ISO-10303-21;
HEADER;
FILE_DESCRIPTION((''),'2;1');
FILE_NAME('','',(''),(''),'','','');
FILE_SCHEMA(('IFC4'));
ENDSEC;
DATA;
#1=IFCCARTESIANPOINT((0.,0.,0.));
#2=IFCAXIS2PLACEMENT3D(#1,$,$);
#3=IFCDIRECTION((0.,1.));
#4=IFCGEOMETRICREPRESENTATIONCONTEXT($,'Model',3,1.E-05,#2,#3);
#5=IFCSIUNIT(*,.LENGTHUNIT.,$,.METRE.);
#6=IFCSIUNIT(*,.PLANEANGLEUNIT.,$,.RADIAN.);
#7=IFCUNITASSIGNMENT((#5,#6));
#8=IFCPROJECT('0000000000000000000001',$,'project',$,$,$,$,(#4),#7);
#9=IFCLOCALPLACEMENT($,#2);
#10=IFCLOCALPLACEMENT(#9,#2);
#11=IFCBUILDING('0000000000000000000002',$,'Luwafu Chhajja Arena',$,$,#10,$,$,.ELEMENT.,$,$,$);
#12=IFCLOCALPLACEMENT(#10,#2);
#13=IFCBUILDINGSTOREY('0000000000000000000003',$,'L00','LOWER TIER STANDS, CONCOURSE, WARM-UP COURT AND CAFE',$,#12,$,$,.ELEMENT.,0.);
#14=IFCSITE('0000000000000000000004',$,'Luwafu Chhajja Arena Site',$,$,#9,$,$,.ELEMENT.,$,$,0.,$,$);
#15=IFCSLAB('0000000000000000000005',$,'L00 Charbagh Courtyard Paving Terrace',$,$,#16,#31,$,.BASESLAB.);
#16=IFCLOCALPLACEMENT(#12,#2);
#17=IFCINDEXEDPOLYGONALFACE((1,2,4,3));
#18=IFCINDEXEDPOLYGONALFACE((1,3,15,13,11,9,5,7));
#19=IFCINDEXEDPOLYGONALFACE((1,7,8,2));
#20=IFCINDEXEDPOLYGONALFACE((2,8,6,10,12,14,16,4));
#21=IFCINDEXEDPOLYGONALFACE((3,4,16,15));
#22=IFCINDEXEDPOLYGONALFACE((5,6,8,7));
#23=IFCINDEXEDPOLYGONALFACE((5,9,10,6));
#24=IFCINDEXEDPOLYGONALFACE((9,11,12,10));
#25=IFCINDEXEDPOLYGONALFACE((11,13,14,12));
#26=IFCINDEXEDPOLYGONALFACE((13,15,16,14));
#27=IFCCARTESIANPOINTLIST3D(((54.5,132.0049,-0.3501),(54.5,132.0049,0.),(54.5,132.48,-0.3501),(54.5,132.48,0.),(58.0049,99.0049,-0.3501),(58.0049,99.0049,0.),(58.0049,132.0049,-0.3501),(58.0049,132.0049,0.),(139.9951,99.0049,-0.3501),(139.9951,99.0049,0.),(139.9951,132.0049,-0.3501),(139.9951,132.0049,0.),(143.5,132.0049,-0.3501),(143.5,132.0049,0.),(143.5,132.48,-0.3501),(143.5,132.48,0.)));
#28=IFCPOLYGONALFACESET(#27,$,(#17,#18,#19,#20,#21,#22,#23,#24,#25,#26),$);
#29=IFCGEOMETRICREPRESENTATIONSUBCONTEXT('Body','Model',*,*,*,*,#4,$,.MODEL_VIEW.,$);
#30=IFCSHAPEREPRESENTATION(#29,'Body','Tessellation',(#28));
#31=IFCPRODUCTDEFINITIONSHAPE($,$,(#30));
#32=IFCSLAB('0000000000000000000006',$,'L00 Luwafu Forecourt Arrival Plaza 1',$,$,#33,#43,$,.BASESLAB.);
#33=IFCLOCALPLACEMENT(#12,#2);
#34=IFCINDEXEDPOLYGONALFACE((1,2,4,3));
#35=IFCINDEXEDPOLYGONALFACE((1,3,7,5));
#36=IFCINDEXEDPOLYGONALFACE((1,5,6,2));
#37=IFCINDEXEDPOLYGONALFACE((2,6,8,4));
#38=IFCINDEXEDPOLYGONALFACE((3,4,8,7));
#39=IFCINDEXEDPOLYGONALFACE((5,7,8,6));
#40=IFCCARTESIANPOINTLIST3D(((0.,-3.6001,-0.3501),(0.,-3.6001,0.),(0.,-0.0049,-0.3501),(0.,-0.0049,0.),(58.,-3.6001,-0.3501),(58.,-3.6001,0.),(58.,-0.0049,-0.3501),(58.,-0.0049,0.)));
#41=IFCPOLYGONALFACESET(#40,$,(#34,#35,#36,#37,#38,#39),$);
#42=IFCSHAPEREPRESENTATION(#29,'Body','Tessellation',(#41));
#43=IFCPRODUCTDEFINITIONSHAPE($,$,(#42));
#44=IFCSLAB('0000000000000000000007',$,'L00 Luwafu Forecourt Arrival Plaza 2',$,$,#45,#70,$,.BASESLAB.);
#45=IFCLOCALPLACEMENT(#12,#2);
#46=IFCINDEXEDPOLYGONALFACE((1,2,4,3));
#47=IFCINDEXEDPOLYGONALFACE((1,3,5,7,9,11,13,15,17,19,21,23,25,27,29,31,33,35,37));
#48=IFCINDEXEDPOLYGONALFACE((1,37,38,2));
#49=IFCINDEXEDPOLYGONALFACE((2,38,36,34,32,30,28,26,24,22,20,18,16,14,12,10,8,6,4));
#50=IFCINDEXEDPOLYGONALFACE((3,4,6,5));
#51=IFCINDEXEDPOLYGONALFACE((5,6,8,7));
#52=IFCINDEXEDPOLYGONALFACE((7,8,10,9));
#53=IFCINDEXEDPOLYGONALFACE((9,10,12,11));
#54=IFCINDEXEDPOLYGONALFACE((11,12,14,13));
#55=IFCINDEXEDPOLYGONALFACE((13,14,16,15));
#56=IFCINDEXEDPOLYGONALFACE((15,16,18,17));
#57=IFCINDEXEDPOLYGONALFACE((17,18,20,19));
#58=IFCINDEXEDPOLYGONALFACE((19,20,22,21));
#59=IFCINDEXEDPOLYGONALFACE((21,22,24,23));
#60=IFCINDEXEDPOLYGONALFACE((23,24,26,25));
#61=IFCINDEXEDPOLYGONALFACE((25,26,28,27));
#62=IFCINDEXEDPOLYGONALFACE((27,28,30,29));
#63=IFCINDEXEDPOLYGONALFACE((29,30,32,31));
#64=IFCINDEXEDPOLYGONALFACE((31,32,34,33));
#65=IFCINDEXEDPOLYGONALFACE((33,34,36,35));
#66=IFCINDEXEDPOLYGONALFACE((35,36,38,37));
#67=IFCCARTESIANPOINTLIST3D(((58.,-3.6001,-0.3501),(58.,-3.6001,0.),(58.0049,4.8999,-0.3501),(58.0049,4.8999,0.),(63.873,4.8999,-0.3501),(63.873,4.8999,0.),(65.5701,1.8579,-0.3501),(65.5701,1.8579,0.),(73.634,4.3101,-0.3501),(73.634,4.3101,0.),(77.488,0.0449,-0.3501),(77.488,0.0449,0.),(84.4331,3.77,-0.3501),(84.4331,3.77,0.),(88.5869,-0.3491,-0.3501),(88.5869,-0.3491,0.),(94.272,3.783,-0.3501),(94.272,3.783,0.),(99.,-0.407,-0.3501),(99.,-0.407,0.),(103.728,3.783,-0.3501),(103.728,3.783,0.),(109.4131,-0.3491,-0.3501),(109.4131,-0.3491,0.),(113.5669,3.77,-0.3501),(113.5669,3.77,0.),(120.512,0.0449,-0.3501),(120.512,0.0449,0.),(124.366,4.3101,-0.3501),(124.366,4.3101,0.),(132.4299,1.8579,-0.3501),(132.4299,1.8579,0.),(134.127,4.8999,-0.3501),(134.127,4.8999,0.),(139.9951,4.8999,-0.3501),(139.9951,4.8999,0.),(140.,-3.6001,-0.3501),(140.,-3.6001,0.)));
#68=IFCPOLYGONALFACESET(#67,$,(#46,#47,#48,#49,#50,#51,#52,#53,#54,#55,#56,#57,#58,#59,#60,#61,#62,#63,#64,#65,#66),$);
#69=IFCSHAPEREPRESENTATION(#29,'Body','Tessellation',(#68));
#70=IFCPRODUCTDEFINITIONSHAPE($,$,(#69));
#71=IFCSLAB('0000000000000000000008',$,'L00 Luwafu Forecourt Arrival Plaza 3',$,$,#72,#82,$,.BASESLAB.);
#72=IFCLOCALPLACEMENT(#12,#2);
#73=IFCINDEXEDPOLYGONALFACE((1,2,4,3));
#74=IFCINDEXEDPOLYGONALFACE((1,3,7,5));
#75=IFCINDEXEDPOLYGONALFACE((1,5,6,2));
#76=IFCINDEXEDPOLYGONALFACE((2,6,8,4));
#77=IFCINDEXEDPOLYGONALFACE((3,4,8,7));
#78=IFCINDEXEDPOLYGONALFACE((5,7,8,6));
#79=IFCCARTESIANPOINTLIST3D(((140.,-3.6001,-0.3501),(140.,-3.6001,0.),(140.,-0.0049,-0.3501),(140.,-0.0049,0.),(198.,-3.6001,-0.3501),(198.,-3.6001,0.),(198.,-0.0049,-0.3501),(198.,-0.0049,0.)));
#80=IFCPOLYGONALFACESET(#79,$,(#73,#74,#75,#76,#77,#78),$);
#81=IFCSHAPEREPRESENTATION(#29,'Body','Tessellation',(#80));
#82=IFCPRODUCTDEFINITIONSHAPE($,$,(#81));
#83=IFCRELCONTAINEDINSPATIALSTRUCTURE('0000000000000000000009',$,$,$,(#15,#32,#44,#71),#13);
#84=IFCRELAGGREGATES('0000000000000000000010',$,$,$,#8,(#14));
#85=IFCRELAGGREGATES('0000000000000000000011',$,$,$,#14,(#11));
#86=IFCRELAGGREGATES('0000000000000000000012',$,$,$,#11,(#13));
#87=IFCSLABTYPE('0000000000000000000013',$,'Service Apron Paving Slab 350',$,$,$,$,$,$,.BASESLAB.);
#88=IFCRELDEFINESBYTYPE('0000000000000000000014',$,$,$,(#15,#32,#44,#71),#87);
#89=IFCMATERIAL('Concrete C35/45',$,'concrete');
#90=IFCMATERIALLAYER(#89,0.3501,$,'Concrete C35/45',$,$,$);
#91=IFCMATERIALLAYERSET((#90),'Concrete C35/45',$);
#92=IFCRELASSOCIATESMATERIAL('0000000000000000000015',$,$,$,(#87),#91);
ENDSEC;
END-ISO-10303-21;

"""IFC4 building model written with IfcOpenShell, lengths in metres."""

from ifc_helpers import new_model, si_unit, direction, frame, origin, place, context, subcontext, project, spatial, polyline, outline, extrude, material, layer, layer_set, type_object, element, save


model = new_model("IFC4")

# Units and contexts
model_context = context("Model", 3, precision=1e-05, world=origin(), true_north=direction((0.0, 1.0)))
body_context = subcontext(model_context, "Body", "Model", "MODEL_VIEW")
ifc_project = project(units=[si_unit("LENGTHUNIT", "METRE"), si_unit("PLANEANGLEUNIT", "RADIAN")], contexts=[model_context])

# Site, building, storey
site_placement = place(None, origin())
site = spatial("IfcSite", under=ifc_project, at=site_placement, Name="Luwafu Chhajja Arena Site", CompositionType="ELEMENT", RefElevation=0.0)
building_placement = place(site_placement, origin())
building = spatial("IfcBuilding", under=site, at=building_placement, Name="Luwafu Chhajja Arena", CompositionType="ELEMENT")
storey_placement = place(building_placement, origin())
storey = spatial("IfcBuildingStorey", under=building, at=storey_placement, Name="L00", Description="LOWER TIER STANDS, CONCOURSE, WARM-UP COURT AND CAFE", CompositionType="ELEMENT", Elevation=0.0)

# Slabs
ifc_material_1 = material(Name="Concrete C35/45", Category="concrete")
ifc_layer_1 = layer(ifc_material_1, 0.3501, Name="Concrete C35/45")
ifc_layer_set_1 = layer_set([ifc_layer_1], Name="Concrete C35/45")
slab_type_1 = type_object("IfcSlabType", Name="Service Apron Paving Slab 350", PredefinedType="BASESLAB", material=ifc_layer_set_1)
slab_1_placement = place(storey_placement, frame((0.0, 0.0, -0.3501)))
element("IfcSlab", 1, at=slab_1_placement, inside=storey, type_object=slab_type_1, Name="L00 Charbagh Courtyard Paving Terrace", PredefinedType="BASESLAB", context=body_context, shape_type="SweptSolid", body=[
    extrude(outline(polyline([(54.5, 132.48), (143.5, 132.48), (143.5, 132.0049), (139.9951, 132.0049), (139.9951, 99.0049), (58.0049, 99.0049), (58.0049, 132.0049), (54.5, 132.0049), (54.5, 132.48)])), origin(), (0.0, 0.0, 1.0), 0.3501),
])
slab_2_placement = place(storey_placement, frame((0.0, 0.0, -0.3501)))
element("IfcSlab", 2, at=slab_2_placement, inside=storey, type_object=slab_type_1, Name="L00 Luwafu Forecourt Arrival Plaza 1", PredefinedType="BASESLAB", context=body_context, shape_type="SweptSolid", body=[
    extrude(outline(polyline([(58.0, -3.6001), (0.0, -3.6001), (0.0, -0.0049), (58.0, -0.0049), (58.0, -3.6001)])), origin(), (0.0, 0.0, 1.0), 0.3501),
])
slab_3_placement = place(storey_placement, frame((0.0, 0.0, -0.3501)))
element("IfcSlab", 3, at=slab_3_placement, inside=storey, type_object=slab_type_1, Name="L00 Luwafu Forecourt Arrival Plaza 2", PredefinedType="BASESLAB", context=body_context, shape_type="SweptSolid", body=[
    extrude(outline(polyline([(140.0, -3.6001), (58.0, -3.6001), (58.0049, 4.8999), (63.873, 4.8999), (65.5701, 1.8579), (73.634, 4.3101), (77.488, 0.0449), (84.4331, 3.77), (88.5869, -0.3491), (94.272, 3.783), (99.0, -0.407), (103.728, 3.783), (109.4131, -0.3491), (113.5669, 3.77), (120.512, 0.0449), (124.366, 4.3101), (132.4299, 1.8579), (134.127, 4.8999), (139.9951, 4.8999), (140.0, -3.6001)])), origin(), (0.0, 0.0, 1.0), 0.3501),
])
slab_4_placement = place(storey_placement, frame((0.0, 0.0, -0.3501)))
element("IfcSlab", 4, at=slab_4_placement, inside=storey, type_object=slab_type_1, Name="L00 Luwafu Forecourt Arrival Plaza 3", PredefinedType="BASESLAB", context=body_context, shape_type="SweptSolid", body=[
    extrude(outline(polyline([(198.0, -3.6001), (140.0, -3.6001), (140.0, -0.0049), (198.0, -0.0049), (198.0, -3.6001)])), origin(), (0.0, 0.0, 1.0), 0.3501),
])

save(model, "model.ifc")
